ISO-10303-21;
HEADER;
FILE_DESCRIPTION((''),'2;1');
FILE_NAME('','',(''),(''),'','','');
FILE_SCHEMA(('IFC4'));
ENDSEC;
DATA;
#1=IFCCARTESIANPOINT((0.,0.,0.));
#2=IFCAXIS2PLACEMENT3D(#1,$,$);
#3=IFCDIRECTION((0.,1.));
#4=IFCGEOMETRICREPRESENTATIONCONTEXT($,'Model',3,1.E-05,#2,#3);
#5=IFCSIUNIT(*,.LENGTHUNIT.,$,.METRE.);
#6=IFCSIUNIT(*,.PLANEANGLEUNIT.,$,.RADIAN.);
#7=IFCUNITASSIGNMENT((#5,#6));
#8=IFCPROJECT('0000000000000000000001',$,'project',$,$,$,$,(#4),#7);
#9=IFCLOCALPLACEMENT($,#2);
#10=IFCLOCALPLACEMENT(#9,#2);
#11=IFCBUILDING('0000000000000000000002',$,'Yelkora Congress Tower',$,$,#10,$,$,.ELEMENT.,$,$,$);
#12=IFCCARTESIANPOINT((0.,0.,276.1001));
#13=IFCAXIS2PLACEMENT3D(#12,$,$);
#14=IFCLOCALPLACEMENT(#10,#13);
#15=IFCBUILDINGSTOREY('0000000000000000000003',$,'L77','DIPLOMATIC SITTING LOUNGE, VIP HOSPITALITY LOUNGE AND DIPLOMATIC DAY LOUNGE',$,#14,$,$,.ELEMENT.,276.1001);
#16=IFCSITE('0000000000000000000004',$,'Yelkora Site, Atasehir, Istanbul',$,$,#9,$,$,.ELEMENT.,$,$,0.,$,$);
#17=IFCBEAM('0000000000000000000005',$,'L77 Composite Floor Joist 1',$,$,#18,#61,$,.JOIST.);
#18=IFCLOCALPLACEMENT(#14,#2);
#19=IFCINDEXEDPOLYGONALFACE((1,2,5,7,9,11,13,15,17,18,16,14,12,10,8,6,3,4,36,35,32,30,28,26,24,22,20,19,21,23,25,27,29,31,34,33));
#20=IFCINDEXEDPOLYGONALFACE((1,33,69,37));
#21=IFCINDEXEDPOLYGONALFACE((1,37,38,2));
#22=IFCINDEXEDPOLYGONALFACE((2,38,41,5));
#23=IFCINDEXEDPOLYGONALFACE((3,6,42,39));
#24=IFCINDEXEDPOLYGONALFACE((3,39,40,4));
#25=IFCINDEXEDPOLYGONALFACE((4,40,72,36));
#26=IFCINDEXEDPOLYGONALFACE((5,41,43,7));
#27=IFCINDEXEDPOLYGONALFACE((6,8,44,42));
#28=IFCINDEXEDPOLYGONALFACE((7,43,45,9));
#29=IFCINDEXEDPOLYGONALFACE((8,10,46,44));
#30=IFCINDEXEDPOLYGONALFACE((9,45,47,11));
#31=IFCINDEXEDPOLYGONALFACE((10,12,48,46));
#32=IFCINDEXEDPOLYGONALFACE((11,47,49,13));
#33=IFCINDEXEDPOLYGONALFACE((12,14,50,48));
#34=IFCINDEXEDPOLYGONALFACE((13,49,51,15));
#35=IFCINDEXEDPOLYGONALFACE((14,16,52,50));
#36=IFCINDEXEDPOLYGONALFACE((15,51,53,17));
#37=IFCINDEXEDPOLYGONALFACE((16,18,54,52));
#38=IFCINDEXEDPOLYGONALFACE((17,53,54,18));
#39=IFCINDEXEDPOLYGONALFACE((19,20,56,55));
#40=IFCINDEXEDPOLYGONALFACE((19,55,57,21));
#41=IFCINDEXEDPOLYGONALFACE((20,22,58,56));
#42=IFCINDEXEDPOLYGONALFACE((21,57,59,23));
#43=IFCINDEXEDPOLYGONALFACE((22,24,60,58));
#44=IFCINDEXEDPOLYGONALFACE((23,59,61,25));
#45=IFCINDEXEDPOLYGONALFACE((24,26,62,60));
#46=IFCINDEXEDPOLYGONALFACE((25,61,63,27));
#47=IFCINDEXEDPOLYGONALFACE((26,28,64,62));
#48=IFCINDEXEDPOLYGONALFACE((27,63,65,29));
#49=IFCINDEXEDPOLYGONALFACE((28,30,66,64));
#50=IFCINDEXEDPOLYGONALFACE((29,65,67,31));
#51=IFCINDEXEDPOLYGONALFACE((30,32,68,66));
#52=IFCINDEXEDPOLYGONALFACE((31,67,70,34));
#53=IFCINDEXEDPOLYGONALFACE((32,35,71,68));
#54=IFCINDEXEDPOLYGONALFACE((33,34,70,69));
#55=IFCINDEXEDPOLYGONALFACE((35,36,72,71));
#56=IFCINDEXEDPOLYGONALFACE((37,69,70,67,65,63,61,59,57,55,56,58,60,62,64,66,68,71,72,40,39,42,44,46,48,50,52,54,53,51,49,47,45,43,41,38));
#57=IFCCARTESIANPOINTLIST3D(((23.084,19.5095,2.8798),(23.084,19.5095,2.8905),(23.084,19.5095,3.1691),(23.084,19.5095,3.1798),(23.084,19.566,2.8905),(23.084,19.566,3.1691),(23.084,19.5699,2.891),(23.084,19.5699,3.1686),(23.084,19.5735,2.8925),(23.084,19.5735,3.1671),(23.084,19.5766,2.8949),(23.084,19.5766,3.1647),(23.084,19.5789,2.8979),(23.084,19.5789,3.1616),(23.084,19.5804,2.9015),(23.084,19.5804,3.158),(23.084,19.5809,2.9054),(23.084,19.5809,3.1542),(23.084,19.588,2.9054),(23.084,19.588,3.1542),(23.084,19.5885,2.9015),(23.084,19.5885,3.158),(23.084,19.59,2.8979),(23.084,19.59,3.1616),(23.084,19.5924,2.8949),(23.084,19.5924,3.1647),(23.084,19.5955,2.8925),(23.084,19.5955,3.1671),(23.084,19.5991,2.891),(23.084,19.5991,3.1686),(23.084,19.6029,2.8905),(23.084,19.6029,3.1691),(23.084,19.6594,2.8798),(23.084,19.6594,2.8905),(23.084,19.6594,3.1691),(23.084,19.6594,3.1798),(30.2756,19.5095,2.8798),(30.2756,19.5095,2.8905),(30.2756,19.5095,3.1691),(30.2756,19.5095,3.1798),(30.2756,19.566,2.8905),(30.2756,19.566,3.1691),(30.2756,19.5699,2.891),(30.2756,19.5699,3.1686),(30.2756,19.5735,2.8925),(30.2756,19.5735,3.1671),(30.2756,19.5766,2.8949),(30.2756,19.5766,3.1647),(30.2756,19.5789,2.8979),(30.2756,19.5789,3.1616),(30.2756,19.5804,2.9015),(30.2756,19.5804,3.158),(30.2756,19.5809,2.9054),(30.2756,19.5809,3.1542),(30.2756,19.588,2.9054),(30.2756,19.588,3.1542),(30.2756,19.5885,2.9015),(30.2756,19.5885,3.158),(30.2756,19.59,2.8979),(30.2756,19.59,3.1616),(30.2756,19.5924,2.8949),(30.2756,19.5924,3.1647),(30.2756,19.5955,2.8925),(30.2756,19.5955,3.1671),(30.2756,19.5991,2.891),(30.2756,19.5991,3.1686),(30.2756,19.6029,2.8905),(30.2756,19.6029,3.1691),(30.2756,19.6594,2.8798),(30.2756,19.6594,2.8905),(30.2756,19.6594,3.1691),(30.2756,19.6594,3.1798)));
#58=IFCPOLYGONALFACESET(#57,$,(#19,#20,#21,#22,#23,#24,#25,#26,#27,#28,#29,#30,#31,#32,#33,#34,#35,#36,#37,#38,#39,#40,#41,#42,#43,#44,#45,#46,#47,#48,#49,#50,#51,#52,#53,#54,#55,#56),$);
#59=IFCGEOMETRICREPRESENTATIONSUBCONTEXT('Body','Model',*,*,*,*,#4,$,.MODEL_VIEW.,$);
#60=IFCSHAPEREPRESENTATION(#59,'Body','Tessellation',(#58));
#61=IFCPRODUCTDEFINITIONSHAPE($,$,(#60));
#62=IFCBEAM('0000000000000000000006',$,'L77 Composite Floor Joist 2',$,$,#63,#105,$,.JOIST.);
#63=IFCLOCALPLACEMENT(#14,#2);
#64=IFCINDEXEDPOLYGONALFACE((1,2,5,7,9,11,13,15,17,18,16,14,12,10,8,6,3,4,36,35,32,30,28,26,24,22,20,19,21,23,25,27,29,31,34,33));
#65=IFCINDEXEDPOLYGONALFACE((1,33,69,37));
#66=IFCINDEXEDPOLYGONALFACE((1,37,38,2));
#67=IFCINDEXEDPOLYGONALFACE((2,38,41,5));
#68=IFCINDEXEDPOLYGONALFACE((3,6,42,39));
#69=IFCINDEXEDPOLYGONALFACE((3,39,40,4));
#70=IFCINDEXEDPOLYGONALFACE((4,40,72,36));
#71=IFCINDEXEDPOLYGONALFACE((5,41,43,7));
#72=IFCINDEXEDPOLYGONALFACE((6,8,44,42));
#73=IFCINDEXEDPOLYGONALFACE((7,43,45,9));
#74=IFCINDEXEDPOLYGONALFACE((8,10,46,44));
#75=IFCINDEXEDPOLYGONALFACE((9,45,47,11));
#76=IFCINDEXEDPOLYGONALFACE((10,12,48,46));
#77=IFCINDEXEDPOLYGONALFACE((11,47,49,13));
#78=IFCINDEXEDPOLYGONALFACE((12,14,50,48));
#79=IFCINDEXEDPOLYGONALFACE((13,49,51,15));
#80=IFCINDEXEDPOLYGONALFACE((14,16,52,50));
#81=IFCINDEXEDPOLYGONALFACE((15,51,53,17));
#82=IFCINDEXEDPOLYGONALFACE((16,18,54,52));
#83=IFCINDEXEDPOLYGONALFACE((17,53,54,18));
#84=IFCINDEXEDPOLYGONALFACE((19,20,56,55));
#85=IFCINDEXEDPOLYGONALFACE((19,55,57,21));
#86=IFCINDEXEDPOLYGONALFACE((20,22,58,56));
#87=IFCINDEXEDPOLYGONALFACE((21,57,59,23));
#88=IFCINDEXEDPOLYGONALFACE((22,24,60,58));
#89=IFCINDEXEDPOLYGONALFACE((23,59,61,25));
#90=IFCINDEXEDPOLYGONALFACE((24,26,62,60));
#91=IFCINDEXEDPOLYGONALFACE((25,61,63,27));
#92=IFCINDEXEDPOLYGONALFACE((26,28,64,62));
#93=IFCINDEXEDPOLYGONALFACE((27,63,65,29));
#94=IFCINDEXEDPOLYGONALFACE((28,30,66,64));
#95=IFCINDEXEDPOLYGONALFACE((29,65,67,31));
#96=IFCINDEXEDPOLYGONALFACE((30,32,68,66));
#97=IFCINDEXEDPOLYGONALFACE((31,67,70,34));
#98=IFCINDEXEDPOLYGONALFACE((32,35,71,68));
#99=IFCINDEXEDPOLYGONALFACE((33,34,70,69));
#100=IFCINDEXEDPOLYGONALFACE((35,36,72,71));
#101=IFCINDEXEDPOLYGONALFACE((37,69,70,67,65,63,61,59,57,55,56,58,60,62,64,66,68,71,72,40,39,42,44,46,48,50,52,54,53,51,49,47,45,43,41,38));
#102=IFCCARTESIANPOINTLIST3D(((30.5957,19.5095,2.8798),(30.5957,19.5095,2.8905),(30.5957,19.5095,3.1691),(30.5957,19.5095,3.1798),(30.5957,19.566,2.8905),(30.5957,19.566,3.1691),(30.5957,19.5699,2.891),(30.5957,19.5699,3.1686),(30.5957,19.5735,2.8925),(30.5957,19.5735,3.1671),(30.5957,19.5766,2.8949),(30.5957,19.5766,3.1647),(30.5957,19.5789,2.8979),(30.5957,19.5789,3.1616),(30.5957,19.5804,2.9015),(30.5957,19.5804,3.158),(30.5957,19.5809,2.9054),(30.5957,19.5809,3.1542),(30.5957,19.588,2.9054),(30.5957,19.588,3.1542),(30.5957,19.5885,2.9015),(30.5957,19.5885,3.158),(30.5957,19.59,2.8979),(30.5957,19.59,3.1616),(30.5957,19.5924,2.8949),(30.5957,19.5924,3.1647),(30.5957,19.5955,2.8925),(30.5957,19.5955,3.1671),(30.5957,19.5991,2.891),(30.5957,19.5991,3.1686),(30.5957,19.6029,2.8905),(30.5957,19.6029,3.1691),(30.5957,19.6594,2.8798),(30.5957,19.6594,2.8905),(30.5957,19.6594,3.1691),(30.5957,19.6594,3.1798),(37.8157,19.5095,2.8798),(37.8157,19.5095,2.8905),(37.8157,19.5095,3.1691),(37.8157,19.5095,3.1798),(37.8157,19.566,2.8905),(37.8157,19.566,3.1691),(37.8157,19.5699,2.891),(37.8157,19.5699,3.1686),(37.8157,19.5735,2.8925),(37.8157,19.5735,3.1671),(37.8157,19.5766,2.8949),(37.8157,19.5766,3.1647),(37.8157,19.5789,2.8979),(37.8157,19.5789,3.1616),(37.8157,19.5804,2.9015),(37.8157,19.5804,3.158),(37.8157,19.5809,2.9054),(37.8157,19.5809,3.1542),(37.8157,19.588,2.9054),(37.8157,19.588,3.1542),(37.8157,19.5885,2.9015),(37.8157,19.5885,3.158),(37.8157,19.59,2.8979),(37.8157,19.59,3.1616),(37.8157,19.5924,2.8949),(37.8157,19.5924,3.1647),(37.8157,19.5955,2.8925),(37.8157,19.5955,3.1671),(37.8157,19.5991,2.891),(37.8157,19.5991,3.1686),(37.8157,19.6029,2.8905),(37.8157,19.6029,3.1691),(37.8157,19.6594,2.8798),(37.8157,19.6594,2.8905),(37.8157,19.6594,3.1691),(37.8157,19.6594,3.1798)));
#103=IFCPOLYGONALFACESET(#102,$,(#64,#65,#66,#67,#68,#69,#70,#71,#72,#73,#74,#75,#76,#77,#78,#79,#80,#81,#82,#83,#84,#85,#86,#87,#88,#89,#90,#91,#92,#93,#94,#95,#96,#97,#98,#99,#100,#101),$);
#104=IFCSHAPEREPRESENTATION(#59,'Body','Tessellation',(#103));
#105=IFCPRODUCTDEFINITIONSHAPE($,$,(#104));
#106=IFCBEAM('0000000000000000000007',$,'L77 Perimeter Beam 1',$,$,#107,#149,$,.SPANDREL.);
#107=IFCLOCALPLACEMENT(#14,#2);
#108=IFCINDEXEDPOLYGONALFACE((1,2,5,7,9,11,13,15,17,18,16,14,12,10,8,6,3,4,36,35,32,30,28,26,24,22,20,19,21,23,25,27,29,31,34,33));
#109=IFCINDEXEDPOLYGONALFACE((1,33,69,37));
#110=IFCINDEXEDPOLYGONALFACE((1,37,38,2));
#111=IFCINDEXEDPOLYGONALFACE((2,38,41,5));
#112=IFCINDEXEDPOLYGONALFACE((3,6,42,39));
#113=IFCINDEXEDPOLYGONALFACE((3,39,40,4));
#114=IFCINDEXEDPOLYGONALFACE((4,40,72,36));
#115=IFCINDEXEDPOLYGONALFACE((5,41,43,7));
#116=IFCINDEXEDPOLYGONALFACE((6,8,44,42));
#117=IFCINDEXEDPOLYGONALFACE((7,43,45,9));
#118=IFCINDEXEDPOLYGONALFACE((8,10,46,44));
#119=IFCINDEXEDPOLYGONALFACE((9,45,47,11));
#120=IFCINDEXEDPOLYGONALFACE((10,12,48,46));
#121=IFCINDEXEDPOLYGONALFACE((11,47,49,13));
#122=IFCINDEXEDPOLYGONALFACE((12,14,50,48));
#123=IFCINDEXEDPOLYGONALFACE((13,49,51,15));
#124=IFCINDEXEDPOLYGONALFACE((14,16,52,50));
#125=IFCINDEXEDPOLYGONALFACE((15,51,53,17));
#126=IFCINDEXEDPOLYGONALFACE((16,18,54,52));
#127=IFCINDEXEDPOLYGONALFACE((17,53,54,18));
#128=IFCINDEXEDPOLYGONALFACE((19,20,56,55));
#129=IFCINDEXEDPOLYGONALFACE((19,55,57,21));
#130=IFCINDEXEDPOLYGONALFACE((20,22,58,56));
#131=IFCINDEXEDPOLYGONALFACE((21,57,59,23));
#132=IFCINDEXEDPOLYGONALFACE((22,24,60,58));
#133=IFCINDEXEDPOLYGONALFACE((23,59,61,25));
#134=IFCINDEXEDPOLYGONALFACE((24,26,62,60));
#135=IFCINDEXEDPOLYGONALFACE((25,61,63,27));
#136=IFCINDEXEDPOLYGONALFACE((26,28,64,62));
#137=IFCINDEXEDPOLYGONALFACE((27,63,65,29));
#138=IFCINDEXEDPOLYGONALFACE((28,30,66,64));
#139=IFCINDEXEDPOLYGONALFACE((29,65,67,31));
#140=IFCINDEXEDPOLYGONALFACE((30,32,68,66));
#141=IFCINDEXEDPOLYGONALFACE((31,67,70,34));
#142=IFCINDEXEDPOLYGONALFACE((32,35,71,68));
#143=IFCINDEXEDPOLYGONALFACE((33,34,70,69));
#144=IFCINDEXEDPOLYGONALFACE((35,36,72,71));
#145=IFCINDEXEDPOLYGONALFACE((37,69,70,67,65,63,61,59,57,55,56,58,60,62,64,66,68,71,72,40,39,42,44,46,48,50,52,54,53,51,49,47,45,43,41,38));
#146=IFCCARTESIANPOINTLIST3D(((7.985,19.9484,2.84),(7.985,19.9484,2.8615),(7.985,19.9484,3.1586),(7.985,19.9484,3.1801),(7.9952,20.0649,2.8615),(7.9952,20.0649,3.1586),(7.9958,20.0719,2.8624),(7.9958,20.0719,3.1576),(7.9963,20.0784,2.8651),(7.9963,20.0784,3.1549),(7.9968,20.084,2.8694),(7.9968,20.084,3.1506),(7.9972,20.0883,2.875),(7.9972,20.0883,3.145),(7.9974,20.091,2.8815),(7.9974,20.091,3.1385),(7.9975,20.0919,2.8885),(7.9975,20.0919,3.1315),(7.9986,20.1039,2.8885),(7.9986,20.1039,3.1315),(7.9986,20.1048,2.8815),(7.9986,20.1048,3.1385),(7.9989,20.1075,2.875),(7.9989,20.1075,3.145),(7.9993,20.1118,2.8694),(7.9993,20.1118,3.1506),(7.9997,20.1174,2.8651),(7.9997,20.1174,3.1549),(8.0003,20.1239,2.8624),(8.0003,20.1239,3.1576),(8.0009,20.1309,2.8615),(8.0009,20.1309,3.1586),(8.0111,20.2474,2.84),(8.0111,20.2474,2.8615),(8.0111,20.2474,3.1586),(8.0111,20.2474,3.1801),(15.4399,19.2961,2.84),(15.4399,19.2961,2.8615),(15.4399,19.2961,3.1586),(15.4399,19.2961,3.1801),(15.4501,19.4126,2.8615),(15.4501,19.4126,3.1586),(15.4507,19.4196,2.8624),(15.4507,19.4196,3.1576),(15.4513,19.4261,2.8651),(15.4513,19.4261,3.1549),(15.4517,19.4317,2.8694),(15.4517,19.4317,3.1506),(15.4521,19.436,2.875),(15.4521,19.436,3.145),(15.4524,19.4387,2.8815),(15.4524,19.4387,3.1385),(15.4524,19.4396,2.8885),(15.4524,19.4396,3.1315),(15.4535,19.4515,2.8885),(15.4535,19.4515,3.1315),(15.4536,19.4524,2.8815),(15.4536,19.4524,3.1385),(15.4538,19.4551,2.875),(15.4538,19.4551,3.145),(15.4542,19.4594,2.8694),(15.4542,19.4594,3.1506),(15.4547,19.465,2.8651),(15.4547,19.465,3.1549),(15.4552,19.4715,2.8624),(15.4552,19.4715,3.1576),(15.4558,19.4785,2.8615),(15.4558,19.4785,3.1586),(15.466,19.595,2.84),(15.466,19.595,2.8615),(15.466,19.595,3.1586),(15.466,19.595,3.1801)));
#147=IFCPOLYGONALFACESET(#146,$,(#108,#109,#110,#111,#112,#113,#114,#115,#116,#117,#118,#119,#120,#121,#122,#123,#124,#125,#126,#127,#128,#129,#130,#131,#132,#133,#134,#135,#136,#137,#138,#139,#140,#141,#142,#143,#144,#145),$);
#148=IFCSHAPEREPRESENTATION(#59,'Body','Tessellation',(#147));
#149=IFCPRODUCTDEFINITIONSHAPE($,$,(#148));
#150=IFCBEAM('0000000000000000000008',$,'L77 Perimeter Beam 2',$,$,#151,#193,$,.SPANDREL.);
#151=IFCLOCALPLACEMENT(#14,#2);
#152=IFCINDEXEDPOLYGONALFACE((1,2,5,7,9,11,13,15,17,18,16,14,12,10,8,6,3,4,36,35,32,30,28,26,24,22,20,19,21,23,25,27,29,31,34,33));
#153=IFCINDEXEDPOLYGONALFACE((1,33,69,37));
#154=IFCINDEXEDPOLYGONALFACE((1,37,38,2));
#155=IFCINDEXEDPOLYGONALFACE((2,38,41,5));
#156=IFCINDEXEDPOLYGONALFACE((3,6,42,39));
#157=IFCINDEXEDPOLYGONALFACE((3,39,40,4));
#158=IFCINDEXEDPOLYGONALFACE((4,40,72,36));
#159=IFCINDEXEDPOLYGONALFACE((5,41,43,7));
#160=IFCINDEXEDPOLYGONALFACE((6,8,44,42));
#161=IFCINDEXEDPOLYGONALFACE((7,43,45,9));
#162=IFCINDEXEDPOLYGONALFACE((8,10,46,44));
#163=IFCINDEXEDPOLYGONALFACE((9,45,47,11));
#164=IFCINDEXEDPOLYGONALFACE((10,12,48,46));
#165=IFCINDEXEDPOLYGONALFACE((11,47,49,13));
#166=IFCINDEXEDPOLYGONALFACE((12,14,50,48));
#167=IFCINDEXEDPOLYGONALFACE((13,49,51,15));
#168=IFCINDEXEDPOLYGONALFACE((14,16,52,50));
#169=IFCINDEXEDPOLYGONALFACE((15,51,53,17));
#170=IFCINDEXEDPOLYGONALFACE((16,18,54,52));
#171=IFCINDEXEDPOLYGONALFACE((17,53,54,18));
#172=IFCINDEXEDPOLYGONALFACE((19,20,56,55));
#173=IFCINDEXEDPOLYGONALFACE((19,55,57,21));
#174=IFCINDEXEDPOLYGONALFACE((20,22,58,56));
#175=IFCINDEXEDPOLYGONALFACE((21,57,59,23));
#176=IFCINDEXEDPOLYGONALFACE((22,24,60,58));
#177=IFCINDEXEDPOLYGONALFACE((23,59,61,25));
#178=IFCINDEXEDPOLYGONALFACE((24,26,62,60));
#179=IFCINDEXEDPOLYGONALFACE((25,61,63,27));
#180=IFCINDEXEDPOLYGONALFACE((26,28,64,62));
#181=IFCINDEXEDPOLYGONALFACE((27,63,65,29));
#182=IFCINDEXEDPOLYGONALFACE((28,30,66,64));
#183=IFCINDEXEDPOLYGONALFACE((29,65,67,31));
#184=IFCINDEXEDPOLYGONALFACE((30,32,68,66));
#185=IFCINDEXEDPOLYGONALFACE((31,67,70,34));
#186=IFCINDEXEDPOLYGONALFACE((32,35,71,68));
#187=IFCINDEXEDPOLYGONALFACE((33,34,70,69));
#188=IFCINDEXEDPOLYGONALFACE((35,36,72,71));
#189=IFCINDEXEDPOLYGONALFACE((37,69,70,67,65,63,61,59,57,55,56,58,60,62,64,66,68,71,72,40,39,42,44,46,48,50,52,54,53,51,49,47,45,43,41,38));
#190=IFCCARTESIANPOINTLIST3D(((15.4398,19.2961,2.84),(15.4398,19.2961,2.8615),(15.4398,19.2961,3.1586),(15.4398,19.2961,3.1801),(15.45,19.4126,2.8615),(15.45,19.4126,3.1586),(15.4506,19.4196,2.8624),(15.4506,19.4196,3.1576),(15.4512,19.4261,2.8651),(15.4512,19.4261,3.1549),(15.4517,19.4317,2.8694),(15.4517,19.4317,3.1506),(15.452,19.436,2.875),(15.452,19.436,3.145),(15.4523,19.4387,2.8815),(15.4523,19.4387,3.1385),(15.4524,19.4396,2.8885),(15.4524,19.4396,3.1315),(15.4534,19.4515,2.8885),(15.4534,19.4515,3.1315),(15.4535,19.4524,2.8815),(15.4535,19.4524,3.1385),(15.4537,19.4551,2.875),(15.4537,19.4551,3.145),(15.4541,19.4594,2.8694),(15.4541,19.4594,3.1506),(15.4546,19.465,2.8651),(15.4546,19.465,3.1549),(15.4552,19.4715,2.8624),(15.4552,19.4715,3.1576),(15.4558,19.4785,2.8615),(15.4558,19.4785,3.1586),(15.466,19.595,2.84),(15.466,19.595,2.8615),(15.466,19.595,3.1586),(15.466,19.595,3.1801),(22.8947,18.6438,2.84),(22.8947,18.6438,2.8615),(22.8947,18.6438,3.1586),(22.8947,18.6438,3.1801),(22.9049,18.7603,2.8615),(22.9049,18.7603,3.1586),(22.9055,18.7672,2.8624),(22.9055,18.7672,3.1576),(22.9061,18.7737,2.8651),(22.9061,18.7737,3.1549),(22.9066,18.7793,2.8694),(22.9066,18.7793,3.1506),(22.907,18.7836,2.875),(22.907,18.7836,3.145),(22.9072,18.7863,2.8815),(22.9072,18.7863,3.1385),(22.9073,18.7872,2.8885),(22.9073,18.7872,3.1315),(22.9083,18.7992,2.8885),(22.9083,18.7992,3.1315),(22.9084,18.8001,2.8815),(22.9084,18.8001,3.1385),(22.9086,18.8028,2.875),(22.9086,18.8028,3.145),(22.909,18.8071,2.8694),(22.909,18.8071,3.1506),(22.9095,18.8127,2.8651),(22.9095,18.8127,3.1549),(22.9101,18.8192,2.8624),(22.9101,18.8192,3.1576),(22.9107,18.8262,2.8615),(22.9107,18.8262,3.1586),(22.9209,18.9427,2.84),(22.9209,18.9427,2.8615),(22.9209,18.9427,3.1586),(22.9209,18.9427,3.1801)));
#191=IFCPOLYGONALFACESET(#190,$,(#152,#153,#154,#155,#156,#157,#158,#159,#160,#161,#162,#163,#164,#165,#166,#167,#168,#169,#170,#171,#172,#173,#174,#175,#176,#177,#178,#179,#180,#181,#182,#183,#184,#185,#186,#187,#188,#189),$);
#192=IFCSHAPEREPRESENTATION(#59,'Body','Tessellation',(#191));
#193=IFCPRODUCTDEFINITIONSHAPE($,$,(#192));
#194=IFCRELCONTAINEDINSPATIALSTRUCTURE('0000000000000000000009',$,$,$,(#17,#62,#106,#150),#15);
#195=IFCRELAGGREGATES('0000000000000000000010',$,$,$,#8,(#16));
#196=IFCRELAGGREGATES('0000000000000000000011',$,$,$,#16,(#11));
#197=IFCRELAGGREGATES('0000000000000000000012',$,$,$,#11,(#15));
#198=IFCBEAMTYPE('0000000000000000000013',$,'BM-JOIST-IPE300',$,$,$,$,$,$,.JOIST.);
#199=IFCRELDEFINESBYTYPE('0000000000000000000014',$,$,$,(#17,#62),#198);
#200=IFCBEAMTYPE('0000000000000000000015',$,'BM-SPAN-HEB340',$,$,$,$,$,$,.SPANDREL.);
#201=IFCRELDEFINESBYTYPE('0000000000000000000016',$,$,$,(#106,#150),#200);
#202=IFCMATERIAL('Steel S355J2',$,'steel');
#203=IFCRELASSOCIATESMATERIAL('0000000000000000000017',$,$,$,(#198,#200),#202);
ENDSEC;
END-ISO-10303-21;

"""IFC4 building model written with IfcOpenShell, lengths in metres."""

from ifc_helpers import new_model, si_unit, direction, frame, origin, origin_2d, place, context, subcontext, project, spatial, i_section, extrude, material, material_profile, profile_set, type_object, element, save


model = new_model("IFC4")

# Units and contexts
model_context = context("Model", 3, precision=1e-05, world=origin(), true_north=direction((0.0, 1.0)))
body_context = subcontext(model_context, "Body", "Model", "MODEL_VIEW")
ifc_project = project(units=[si_unit("LENGTHUNIT", "METRE"), si_unit("PLANEANGLEUNIT", "RADIAN")], contexts=[model_context])

# Site, building, storey
site_placement = place(None, origin())
site = spatial("IfcSite", under=ifc_project, at=site_placement, Name="Yelkora Site, Atasehir, Istanbul", CompositionType="ELEMENT", RefElevation=0.0)
building_placement = place(site_placement, origin())
building = spatial("IfcBuilding", under=site, at=building_placement, Name="Yelkora Congress Tower", CompositionType="ELEMENT")
storey_placement = place(building_placement, frame((0.0, 0.0, 276.1001)))
storey = spatial("IfcBuildingStorey", under=building, at=storey_placement, Name="L77", Description="DIPLOMATIC SITTING LOUNGE, VIP HOSPITALITY LOUNGE AND DIPLOMATIC DAY LOUNGE", CompositionType="ELEMENT", Elevation=276.1001)

# Shared definitions
ifc_material_1 = material(Name="Steel S355J2", Category="steel")

# Beams
ifc_material_profile_1 = material_profile(ifc_material_1, i_section(OverallWidth=0.1499, OverallDepth=0.3, WebThickness=0.0071, FlangeThickness=0.0107, FilletRadius=0.0149, at=origin_2d()), Name="IPE 300")
ifc_profile_set_1 = profile_set([ifc_material_profile_1], Name="Steel S355J2")
beam_type_1 = type_object("IfcBeamType", Name="BM-JOIST-IPE300", PredefinedType="JOIST", material=ifc_profile_set_1)
beam_1_placement = place(storey_placement, frame((23.084, 19.5845, 3.0298), z_axis=(1.0, 0.0, 0.0), x_axis=(0.0, 1.0, 0.0)))
element("IfcBeam", 1, at=beam_1_placement, inside=storey, type_object=beam_type_1, Name="L77 Composite Floor Joist 1", PredefinedType="JOIST", context=body_context, shape_type="SweptSolid", body=[
    extrude(i_section(OverallWidth=0.1499, OverallDepth=0.3, WebThickness=0.0071, FlangeThickness=0.0107, FilletRadius=0.0149, at=origin_2d()), origin(), (0.0, 0.0, 1.0), 7.1917),
])
beam_2_placement = place(storey_placement, frame((30.5957, 19.5845, 3.0298), z_axis=(1.0, 0.0, 0.0), x_axis=(0.0, 1.0, 0.0)))
element("IfcBeam", 2, at=beam_2_placement, inside=storey, type_object=beam_type_1, Name="L77 Composite Floor Joist 2", PredefinedType="JOIST", context=body_context, shape_type="SweptSolid", body=[
    extrude(i_section(OverallWidth=0.1499, OverallDepth=0.3, WebThickness=0.0071, FlangeThickness=0.0107, FilletRadius=0.0149, at=origin_2d()), origin(), (0.0, 0.0, 1.0), 7.22),
])
ifc_material_profile_2 = material_profile(ifc_material_1, i_section(OverallWidth=0.3, OverallDepth=0.3401, WebThickness=0.012, FlangeThickness=0.0215, FilletRadius=0.0271, at=origin_2d()), Name="HEB 340")
ifc_profile_set_2 = profile_set([ifc_material_profile_2], Name="Steel S355J2")
beam_type_2 = type_object("IfcBeamType", Name="BM-SPAN-HEB340", PredefinedType="SPANDREL", material=ifc_profile_set_2)
for number, where, z_axis, x_axis, name in (
    (3, (7.998, 20.0979, 3.01), (0.996193, -0.087173, 0.0), (0.087173, 0.996193, 0.0), "L77 Perimeter Beam 1"),
    (4, (15.4529, 19.4456, 3.01), (0.996193, -0.087173, 0.0), (0.087173, 0.996193, 0.0), "L77 Perimeter Beam 2"),
):
    element("IfcBeam", number, at=place(storey_placement, frame(where, z_axis=z_axis, x_axis=x_axis)), inside=storey, type_object=beam_type_2, Name=name, PredefinedType="SPANDREL", context=body_context, shape_type="SweptSolid", body=[
        extrude(i_section(OverallWidth=0.3, OverallDepth=0.3401, WebThickness=0.012, FlangeThickness=0.0215, FilletRadius=0.0271, at=origin_2d()), origin(), (0.0, 0.0, 1.0), 7.4834),
    ])

save(model, "model.ifc")
